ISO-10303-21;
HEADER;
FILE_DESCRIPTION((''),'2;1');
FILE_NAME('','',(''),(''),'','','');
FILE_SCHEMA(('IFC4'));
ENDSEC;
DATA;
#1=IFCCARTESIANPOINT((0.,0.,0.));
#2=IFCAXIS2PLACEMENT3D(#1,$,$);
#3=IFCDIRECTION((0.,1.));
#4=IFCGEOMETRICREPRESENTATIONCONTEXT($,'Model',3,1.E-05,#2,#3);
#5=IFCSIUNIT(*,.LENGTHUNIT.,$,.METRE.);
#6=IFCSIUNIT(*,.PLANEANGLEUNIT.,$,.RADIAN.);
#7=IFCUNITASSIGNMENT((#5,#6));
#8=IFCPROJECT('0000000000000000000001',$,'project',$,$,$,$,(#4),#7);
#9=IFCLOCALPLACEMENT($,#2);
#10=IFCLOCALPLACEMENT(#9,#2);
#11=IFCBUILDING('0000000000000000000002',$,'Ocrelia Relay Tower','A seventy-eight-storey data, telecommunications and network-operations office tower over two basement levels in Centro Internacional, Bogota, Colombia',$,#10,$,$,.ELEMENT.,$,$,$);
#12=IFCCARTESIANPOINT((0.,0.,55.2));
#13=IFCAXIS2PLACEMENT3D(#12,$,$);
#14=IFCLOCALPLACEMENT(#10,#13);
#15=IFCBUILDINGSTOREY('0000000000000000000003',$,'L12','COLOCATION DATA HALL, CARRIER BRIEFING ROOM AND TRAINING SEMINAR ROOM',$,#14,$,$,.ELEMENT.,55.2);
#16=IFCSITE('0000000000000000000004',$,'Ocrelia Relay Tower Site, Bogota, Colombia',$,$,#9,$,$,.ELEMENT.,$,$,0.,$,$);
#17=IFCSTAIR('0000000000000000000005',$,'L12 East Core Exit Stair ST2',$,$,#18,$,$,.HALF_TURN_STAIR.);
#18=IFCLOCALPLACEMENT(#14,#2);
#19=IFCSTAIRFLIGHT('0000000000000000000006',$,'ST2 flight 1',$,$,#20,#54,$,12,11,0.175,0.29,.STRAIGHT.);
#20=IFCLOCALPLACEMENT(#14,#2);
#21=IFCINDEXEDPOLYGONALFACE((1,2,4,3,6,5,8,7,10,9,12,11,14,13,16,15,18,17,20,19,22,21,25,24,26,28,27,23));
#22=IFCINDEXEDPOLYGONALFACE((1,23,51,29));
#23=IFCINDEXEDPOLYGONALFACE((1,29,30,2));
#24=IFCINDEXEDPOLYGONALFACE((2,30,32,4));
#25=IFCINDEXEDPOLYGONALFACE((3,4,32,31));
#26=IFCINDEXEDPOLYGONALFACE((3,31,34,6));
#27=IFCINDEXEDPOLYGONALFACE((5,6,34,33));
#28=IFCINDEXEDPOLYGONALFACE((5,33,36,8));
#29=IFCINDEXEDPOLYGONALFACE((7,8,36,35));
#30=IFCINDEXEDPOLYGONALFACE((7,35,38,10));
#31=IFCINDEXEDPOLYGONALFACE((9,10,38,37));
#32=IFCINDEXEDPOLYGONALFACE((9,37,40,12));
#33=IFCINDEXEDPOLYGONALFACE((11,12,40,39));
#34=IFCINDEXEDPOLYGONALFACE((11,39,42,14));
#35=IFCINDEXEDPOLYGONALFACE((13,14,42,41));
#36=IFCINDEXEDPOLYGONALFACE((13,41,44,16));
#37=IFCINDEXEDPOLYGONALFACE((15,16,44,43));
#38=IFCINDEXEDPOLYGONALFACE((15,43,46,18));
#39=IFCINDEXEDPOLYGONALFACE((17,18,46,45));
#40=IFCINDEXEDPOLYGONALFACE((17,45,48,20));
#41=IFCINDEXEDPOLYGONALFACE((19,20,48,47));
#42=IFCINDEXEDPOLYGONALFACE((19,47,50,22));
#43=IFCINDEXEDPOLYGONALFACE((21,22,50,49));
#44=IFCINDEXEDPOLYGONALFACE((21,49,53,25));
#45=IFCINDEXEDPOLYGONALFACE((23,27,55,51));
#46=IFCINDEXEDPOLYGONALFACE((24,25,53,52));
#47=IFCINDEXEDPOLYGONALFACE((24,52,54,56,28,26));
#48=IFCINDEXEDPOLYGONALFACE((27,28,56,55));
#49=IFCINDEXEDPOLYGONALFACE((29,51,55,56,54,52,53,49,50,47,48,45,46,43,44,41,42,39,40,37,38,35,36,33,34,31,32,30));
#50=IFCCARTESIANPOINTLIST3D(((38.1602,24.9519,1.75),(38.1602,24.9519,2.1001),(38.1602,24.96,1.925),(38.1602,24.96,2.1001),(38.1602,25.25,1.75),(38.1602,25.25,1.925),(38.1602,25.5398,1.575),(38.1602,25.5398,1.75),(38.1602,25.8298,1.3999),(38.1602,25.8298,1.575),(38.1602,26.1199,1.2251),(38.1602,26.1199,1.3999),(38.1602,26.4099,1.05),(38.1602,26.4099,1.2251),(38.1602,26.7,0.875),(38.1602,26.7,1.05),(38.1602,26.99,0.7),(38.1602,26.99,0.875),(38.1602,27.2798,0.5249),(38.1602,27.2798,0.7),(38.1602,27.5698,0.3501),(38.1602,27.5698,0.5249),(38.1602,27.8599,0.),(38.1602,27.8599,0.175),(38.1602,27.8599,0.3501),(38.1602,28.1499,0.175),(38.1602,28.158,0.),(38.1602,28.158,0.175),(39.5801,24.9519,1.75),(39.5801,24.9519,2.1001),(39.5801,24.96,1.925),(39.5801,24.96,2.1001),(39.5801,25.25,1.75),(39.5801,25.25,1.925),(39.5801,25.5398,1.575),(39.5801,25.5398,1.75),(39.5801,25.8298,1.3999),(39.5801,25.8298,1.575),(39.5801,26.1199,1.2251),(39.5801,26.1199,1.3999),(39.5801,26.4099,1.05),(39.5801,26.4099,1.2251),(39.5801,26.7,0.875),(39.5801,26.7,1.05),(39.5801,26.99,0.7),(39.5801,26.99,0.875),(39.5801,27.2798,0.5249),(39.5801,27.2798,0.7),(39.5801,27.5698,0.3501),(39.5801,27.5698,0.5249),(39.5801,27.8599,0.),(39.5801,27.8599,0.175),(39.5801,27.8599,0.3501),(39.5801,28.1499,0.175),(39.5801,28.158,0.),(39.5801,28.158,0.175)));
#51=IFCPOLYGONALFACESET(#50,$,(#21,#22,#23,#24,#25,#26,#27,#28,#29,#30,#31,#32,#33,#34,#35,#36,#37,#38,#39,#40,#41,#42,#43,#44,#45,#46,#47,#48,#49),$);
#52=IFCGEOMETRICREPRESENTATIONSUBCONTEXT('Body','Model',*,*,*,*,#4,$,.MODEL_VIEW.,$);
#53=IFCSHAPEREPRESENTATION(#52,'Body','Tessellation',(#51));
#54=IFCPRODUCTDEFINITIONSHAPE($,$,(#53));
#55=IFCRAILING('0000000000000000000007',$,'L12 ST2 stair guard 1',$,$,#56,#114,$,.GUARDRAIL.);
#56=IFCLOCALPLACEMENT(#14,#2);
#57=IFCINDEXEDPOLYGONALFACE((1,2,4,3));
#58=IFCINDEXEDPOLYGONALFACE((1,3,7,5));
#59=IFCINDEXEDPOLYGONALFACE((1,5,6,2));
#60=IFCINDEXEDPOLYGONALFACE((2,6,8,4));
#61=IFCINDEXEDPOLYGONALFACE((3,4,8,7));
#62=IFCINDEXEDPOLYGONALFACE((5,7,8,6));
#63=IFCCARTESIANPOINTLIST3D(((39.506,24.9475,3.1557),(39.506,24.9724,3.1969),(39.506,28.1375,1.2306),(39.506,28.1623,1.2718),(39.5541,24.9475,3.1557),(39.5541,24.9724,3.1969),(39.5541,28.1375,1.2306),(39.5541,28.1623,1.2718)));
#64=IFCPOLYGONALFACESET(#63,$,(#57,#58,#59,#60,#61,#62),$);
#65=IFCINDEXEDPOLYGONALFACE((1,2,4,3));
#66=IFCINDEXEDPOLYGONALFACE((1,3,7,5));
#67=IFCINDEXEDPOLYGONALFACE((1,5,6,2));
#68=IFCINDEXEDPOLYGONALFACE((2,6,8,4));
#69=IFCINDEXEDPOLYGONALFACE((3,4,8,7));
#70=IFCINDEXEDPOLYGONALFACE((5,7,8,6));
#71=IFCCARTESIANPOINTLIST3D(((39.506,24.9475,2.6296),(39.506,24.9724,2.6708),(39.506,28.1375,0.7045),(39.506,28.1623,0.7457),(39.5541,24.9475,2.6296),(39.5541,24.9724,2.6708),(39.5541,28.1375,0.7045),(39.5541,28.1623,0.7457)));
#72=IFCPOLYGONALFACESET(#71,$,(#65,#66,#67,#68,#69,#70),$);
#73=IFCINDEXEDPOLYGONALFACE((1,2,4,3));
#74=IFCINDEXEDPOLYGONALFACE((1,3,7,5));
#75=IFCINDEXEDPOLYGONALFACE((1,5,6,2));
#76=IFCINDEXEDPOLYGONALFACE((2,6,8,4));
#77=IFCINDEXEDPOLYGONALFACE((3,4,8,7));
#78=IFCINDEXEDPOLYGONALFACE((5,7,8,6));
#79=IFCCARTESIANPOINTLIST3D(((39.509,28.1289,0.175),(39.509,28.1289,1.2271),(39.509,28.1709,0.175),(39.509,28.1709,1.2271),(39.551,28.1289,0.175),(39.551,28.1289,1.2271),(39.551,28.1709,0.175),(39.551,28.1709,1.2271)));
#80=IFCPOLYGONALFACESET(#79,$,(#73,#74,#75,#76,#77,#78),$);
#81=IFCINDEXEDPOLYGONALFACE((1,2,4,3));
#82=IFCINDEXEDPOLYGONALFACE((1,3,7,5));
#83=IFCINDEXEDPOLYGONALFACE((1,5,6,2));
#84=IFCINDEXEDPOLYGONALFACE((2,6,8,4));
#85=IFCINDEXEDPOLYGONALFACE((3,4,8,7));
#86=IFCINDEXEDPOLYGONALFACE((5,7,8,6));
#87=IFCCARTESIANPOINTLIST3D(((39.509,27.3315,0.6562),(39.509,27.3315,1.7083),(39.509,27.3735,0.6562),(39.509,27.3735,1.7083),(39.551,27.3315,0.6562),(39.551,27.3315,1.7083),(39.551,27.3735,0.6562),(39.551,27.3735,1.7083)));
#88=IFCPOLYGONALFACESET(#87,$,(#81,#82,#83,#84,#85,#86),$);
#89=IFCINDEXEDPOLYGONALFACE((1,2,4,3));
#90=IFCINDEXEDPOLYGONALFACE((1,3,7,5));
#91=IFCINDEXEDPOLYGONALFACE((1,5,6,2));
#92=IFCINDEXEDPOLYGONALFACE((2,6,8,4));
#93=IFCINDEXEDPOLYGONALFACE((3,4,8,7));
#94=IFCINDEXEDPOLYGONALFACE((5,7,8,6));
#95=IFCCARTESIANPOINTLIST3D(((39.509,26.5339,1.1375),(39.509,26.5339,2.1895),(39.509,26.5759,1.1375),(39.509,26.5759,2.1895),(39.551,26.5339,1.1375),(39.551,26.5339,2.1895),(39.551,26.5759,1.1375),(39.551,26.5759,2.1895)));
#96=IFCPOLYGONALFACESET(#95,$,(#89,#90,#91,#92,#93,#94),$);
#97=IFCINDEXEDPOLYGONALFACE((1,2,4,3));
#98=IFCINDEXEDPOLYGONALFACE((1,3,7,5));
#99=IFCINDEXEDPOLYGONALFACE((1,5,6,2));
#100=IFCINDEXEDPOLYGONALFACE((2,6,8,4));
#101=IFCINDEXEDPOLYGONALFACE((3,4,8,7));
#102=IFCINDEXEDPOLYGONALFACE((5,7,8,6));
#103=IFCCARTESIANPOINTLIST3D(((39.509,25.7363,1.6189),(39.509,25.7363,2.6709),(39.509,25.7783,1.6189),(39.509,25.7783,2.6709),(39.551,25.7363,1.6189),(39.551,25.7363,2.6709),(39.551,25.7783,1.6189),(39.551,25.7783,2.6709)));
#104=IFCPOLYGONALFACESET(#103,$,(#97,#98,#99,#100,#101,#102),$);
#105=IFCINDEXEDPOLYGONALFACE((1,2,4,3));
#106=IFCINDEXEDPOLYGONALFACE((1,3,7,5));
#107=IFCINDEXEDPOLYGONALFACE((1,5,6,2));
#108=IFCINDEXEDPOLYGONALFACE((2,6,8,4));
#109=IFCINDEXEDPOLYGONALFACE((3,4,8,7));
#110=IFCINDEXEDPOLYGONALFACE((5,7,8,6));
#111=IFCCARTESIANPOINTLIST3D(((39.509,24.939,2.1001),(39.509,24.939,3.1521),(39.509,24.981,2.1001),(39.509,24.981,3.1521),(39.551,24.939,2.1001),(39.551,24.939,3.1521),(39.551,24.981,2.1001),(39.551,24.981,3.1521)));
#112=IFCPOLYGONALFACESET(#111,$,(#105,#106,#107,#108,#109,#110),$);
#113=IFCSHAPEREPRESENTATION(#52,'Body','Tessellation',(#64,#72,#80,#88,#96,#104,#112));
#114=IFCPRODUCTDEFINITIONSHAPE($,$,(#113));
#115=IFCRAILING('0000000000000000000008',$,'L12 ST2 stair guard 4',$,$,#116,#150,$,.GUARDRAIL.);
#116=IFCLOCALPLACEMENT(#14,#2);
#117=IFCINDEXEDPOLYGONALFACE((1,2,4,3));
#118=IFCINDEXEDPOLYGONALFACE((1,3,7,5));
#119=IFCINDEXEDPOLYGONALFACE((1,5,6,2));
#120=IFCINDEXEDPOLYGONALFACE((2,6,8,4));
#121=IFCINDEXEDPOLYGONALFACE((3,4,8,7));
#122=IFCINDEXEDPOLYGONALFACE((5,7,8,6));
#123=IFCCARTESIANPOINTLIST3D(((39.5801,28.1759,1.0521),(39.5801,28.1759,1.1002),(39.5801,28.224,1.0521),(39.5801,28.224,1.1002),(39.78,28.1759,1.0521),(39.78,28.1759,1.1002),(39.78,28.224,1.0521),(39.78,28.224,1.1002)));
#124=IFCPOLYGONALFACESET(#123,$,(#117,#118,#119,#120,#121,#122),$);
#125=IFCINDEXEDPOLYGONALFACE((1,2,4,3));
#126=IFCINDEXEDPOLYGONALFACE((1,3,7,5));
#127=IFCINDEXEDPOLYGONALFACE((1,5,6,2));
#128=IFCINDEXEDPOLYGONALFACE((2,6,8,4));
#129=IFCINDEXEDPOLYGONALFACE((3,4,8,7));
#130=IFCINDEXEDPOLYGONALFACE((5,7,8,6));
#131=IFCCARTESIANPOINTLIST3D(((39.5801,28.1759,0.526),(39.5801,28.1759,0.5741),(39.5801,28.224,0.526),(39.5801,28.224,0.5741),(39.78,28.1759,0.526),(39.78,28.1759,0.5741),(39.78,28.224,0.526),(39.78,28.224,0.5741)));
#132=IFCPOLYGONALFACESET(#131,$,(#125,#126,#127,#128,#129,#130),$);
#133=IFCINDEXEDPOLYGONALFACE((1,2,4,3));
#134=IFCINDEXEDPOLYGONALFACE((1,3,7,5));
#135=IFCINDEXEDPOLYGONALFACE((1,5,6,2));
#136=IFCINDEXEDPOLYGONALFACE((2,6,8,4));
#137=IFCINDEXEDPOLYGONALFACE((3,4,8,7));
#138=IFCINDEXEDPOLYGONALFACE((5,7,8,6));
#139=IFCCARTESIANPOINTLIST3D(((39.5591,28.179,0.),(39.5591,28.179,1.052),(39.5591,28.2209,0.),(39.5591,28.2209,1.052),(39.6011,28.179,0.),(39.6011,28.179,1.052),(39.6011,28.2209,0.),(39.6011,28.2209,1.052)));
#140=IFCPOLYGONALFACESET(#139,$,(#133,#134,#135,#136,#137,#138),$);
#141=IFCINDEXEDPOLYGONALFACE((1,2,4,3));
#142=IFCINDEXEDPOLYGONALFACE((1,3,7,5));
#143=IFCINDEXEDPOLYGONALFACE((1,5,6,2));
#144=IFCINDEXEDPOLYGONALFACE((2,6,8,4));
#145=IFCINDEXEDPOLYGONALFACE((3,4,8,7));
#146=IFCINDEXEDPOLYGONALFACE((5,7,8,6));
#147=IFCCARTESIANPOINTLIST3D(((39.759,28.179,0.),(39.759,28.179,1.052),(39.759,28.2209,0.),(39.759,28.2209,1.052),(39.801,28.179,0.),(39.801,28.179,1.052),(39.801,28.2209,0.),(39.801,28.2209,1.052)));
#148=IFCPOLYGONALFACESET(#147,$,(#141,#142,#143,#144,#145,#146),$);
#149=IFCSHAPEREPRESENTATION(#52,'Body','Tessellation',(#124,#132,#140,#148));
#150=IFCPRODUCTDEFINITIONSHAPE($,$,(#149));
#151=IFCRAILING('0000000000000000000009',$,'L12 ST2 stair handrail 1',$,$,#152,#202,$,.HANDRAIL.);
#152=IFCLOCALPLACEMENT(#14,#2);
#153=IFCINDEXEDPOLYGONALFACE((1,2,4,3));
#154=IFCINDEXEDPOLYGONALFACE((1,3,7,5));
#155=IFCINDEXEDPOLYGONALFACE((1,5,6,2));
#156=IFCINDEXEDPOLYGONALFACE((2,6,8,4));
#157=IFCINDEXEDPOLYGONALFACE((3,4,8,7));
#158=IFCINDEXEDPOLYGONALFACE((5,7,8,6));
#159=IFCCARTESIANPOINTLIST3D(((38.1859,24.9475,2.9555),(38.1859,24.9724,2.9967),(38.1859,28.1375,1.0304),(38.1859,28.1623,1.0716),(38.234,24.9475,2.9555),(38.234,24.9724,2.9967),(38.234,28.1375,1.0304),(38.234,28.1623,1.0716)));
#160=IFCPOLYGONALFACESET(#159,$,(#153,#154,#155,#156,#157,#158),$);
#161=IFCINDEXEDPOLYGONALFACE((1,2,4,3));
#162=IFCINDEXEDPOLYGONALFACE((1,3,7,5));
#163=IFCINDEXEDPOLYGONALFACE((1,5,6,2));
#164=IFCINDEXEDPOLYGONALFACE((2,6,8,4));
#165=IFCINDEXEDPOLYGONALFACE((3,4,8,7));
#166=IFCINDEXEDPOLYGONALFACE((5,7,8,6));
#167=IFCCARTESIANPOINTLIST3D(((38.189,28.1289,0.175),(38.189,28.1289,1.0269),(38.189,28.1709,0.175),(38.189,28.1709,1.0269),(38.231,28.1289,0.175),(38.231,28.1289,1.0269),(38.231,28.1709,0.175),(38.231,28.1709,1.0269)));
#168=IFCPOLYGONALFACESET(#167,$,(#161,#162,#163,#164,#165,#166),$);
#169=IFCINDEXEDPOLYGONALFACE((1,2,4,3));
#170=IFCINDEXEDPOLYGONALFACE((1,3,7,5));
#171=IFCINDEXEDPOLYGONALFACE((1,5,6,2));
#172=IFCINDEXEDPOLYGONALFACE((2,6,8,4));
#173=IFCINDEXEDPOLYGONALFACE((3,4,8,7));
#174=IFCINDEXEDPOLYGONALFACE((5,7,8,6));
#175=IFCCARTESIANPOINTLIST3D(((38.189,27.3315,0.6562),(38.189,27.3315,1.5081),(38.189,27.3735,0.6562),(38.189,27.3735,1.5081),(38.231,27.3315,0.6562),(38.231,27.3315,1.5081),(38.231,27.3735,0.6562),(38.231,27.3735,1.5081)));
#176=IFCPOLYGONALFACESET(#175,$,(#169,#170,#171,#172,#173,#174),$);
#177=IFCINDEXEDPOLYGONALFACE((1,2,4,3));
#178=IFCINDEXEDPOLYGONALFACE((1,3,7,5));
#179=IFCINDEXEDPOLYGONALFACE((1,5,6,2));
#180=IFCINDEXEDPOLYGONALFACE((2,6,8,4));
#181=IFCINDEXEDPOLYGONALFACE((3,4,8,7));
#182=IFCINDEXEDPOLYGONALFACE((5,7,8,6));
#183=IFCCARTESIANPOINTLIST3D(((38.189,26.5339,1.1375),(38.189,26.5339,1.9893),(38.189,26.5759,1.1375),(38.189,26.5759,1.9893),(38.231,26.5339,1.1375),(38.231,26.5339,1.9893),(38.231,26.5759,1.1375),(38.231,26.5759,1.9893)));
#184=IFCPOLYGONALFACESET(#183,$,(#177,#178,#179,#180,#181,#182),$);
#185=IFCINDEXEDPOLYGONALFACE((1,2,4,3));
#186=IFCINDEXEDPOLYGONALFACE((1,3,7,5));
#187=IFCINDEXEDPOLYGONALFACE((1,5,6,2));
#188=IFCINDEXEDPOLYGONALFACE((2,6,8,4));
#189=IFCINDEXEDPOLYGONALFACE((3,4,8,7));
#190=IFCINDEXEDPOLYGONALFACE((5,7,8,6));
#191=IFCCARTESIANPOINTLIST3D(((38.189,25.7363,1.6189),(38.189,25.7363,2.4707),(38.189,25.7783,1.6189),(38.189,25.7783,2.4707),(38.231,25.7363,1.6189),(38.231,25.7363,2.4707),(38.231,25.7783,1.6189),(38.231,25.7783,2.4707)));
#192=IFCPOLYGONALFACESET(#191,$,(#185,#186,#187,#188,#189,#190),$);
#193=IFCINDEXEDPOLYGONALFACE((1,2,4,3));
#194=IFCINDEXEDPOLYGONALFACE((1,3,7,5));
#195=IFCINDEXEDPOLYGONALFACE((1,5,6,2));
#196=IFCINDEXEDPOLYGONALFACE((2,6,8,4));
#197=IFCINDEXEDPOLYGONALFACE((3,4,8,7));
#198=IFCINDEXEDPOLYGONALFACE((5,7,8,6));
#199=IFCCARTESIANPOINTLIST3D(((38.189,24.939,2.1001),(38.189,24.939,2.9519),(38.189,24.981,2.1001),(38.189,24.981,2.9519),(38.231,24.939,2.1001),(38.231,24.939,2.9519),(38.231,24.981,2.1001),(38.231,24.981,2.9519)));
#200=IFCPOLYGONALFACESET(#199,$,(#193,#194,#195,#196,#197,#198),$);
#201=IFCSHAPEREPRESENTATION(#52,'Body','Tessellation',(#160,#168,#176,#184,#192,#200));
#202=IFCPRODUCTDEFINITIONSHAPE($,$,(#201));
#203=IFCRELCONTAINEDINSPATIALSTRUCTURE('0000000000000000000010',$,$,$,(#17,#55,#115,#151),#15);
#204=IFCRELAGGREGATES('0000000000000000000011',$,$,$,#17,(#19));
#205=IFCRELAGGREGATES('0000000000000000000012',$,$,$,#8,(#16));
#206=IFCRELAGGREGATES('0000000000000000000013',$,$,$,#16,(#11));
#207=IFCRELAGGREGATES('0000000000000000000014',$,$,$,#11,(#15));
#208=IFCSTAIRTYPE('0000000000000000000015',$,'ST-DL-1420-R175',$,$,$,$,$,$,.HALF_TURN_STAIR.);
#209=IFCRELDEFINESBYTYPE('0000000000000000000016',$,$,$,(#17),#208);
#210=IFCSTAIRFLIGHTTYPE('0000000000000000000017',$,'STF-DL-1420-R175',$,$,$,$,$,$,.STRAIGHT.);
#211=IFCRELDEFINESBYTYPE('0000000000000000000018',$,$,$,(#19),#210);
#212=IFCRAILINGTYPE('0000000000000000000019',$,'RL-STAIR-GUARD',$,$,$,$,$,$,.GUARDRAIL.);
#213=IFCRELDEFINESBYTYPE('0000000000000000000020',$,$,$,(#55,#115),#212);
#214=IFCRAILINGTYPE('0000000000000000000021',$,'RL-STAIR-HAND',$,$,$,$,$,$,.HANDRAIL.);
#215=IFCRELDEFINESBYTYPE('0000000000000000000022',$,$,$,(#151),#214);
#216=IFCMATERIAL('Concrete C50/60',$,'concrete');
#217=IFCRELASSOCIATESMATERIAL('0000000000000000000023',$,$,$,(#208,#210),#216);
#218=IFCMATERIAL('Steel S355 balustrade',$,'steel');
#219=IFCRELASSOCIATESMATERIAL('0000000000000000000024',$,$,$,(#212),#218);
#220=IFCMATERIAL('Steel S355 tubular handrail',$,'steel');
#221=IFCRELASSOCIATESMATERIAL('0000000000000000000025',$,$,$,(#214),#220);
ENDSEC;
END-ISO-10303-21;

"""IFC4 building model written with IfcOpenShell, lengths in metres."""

from ifc_helpers import new_model, si_unit, direction, frame, origin, origin_2d, place, context, subcontext, project, spatial, polyline, rectangle, outline, extrude, material, type_object, element, aggregate, save


model = new_model("IFC4")

# Units and contexts
model_context = context("Model", 3, precision=1e-05, world=origin(), true_north=direction((0.0, 1.0)))
body_context = subcontext(model_context, "Body", "Model", "MODEL_VIEW")
ifc_project = project(units=[si_unit("LENGTHUNIT", "METRE"), si_unit("PLANEANGLEUNIT", "RADIAN")], contexts=[model_context])

# Site, building, storey
site_placement = place(None, origin())
site = spatial("IfcSite", under=ifc_project, at=site_placement, Name="Ocrelia Relay Tower Site, Bogota, Colombia", CompositionType="ELEMENT", RefElevation=0.0)
building_placement = place(site_placement, origin())
building = spatial("IfcBuilding", under=site, at=building_placement, Name="Ocrelia Relay Tower", Description="A seventy-eight-storey data, telecommunications and network-operations office tower over two basement levels in Centro Internacional, Bogota, Colombia", CompositionType="ELEMENT")
storey_placement = place(building_placement, frame((0.0, 0.0, 55.2)))
storey = spatial("IfcBuildingStorey", under=building, at=storey_placement, Name="L12", Description="COLOCATION DATA HALL, CARRIER BRIEFING ROOM AND TRAINING SEMINAR ROOM", CompositionType="ELEMENT", Elevation=55.2)

# Shared definitions
ifc_material_1 = material(Name="Concrete C50/60", Category="concrete")

# Stair, stair flight
stair_type = type_object("IfcStairType", Name="ST-DL-1420-R175", PredefinedType="HALF_TURN_STAIR", material=ifc_material_1)
stair_placement = place(storey_placement, origin())
stair = element("IfcStair", 1, at=stair_placement, inside=storey, type_object=stair_type, Name="L12 East Core Exit Stair ST2", PredefinedType="HALF_TURN_STAIR")
stair_flight_type = type_object("IfcStairFlightType", Name="STF-DL-1420-R175", PredefinedType="STRAIGHT", material=ifc_material_1)
stair_flight_placement = place(storey_placement, frame((38.8701, 28.1499, 0.0), z_axis=(0.0, 0.0, 1.0), x_axis=(0.0, -1.0, 0.0)))
stair_flight = element("IfcStairFlight", 2, at=stair_flight_placement, type_object=stair_flight_type, Name="ST2 flight 1", NumberOfRisers=12, NumberOfTreads=11, PredefinedType="STRAIGHT", RiserHeight=0.175, TreadLength=0.29, context=body_context, shape_type="SweptSolid", body=[
    extrude(outline(polyline([(-0.0081, 0.0), (-0.0081, 0.175), (0.0, 0.175), (0.29, 0.175), (0.29, 0.3501), (0.5801, 0.3501), (0.5801, 0.5249), (0.8701, 0.5249), (0.8701, 0.7), (1.1599, 0.7), (1.1599, 0.875), (1.45, 0.875), (1.45, 1.05), (1.74, 1.05), (1.74, 1.2251), (2.03, 1.2251), (2.03, 1.3999), (2.3201, 1.3999), (2.3201, 1.575), (2.6101, 1.575), (2.6101, 1.75), (2.8999, 1.75), (2.8999, 1.925), (3.1899, 1.925), (3.1899, 2.1001), (3.198, 2.1001), (3.198, 1.75), (0.29, 0.0), (-0.0081, 0.0)])), frame((0.0, 0.71, 0.0), z_axis=(0.0, -1.0, 0.0), x_axis=(1.0, 0.0, 0.0)), (0.0, 0.0, 1.0), 1.4199),
])
aggregate(stair, [stair_flight])

# Railings
ifc_material_2 = material(Name="Steel S355 balustrade", Category="steel")
railing_type_1 = type_object("IfcRailingType", Name="RL-STAIR-GUARD", PredefinedType="GUARDRAIL", material=ifc_material_2)
railing_1_placement = place(storey_placement, frame((39.53, 28.1499, 0.175)))
element("IfcRailing", 3, at=railing_1_placement, inside=storey, type_object=railing_type_1, Name="L12 ST2 stair guard 1", PredefinedType="GUARDRAIL", context=body_context, shape_type="SweptSolid", body=[
    extrude(rectangle(XDim=0.0481, YDim=0.0481, at=origin_2d()), frame((0.0, 0.0, 1.0762), z_axis=(0.0, -0.856178, 0.516682), x_axis=(1.0, 0.0, 0.0)), (0.0, 0.0, 1.0), 3.7258),
    extrude(rectangle(XDim=0.0481, YDim=0.0481, at=origin_2d()), frame((0.0, 0.0, 0.55), z_axis=(0.0, -0.856178, 0.516682), x_axis=(1.0, 0.0, 0.0)), (0.0, 0.0, 1.0), 3.7258),
    extrude(rectangle(XDim=0.042, YDim=0.042, at=origin_2d()), origin(), (0.0, 0.0, 1.0), 1.052),
    extrude(rectangle(XDim=0.042, YDim=0.042, at=origin_2d()), frame((0.0, -0.7974, 0.4812)), (0.0, 0.0, 1.0), 1.052),
    extrude(rectangle(XDim=0.042, YDim=0.042, at=origin_2d()), frame((0.0, -1.595, 0.9624)), (0.0, 0.0, 1.0), 1.052),
    extrude(rectangle(XDim=0.042, YDim=0.042, at=origin_2d()), frame((0.0, -2.3926, 1.4438)), (0.0, 0.0, 1.0), 1.052),
    extrude(rectangle(XDim=0.042, YDim=0.042, at=origin_2d()), frame((0.0, -3.1899, 1.925)), (0.0, 0.0, 1.0), 1.052),
])
railing_2_placement = place(storey_placement, frame((39.5801, 28.2, 0.0)))
element("IfcRailing", 4, at=railing_2_placement, inside=storey, type_object=railing_type_1, Name="L12 ST2 stair guard 4", PredefinedType="GUARDRAIL", context=body_context, shape_type="SweptSolid", body=[
    extrude(rectangle(XDim=0.0481, YDim=0.0481, at=origin_2d()), frame((0.0, 0.0, 1.0762), z_axis=(1.0, 0.0, 0.0), x_axis=(0.0, 1.0, 0.0)), (0.0, 0.0, 1.0), 0.2),
    extrude(rectangle(XDim=0.0481, YDim=0.0481, at=origin_2d()), frame((0.0, 0.0, 0.55), z_axis=(1.0, 0.0, 0.0), x_axis=(0.0, 1.0, 0.0)), (0.0, 0.0, 1.0), 0.2),
    extrude(rectangle(XDim=0.042, YDim=0.042, at=origin_2d()), origin(), (0.0, 0.0, 1.0), 1.052),
    extrude(rectangle(XDim=0.042, YDim=0.042, at=origin_2d()), frame((0.2, 0.0, 0.0)), (0.0, 0.0, 1.0), 1.052),
])
ifc_material_3 = material(Name="Steel S355 tubular handrail", Category="steel")
railing_type_2 = type_object("IfcRailingType", Name="RL-STAIR-HAND", PredefinedType="HANDRAIL", material=ifc_material_3)
railing_3_placement = place(storey_placement, frame((38.21, 28.1499, 0.175)))
element("IfcRailing", 5, at=railing_3_placement, inside=storey, type_object=railing_type_2, Name="L12 ST2 stair handrail 1", PredefinedType="HANDRAIL", context=body_context, shape_type="SweptSolid", body=[
    extrude(rectangle(XDim=0.0481, YDim=0.0481, at=origin_2d()), frame((0.0, 0.0, 0.876), z_axis=(0.0, -0.856178, 0.516682), x_axis=(1.0, 0.0, 0.0)), (0.0, 0.0, 1.0), 3.7258),
    extrude(rectangle(XDim=0.042, YDim=0.042, at=origin_2d()), origin(), (0.0, 0.0, 1.0), 0.8518),
    extrude(rectangle(XDim=0.042, YDim=0.042, at=origin_2d()), frame((0.0, -0.7974, 0.4812)), (0.0, 0.0, 1.0), 0.8518),
    extrude(rectangle(XDim=0.042, YDim=0.042, at=origin_2d()), frame((0.0, -1.595, 0.9624)), (0.0, 0.0, 1.0), 0.8518),
    extrude(rectangle(XDim=0.042, YDim=0.042, at=origin_2d()), frame((0.0, -2.3926, 1.4438)), (0.0, 0.0, 1.0), 0.8518),
    extrude(rectangle(XDim=0.042, YDim=0.042, at=origin_2d()), frame((0.0, -3.1899, 1.925)), (0.0, 0.0, 1.0), 0.8518),
])

save(model, "model.ifc")
